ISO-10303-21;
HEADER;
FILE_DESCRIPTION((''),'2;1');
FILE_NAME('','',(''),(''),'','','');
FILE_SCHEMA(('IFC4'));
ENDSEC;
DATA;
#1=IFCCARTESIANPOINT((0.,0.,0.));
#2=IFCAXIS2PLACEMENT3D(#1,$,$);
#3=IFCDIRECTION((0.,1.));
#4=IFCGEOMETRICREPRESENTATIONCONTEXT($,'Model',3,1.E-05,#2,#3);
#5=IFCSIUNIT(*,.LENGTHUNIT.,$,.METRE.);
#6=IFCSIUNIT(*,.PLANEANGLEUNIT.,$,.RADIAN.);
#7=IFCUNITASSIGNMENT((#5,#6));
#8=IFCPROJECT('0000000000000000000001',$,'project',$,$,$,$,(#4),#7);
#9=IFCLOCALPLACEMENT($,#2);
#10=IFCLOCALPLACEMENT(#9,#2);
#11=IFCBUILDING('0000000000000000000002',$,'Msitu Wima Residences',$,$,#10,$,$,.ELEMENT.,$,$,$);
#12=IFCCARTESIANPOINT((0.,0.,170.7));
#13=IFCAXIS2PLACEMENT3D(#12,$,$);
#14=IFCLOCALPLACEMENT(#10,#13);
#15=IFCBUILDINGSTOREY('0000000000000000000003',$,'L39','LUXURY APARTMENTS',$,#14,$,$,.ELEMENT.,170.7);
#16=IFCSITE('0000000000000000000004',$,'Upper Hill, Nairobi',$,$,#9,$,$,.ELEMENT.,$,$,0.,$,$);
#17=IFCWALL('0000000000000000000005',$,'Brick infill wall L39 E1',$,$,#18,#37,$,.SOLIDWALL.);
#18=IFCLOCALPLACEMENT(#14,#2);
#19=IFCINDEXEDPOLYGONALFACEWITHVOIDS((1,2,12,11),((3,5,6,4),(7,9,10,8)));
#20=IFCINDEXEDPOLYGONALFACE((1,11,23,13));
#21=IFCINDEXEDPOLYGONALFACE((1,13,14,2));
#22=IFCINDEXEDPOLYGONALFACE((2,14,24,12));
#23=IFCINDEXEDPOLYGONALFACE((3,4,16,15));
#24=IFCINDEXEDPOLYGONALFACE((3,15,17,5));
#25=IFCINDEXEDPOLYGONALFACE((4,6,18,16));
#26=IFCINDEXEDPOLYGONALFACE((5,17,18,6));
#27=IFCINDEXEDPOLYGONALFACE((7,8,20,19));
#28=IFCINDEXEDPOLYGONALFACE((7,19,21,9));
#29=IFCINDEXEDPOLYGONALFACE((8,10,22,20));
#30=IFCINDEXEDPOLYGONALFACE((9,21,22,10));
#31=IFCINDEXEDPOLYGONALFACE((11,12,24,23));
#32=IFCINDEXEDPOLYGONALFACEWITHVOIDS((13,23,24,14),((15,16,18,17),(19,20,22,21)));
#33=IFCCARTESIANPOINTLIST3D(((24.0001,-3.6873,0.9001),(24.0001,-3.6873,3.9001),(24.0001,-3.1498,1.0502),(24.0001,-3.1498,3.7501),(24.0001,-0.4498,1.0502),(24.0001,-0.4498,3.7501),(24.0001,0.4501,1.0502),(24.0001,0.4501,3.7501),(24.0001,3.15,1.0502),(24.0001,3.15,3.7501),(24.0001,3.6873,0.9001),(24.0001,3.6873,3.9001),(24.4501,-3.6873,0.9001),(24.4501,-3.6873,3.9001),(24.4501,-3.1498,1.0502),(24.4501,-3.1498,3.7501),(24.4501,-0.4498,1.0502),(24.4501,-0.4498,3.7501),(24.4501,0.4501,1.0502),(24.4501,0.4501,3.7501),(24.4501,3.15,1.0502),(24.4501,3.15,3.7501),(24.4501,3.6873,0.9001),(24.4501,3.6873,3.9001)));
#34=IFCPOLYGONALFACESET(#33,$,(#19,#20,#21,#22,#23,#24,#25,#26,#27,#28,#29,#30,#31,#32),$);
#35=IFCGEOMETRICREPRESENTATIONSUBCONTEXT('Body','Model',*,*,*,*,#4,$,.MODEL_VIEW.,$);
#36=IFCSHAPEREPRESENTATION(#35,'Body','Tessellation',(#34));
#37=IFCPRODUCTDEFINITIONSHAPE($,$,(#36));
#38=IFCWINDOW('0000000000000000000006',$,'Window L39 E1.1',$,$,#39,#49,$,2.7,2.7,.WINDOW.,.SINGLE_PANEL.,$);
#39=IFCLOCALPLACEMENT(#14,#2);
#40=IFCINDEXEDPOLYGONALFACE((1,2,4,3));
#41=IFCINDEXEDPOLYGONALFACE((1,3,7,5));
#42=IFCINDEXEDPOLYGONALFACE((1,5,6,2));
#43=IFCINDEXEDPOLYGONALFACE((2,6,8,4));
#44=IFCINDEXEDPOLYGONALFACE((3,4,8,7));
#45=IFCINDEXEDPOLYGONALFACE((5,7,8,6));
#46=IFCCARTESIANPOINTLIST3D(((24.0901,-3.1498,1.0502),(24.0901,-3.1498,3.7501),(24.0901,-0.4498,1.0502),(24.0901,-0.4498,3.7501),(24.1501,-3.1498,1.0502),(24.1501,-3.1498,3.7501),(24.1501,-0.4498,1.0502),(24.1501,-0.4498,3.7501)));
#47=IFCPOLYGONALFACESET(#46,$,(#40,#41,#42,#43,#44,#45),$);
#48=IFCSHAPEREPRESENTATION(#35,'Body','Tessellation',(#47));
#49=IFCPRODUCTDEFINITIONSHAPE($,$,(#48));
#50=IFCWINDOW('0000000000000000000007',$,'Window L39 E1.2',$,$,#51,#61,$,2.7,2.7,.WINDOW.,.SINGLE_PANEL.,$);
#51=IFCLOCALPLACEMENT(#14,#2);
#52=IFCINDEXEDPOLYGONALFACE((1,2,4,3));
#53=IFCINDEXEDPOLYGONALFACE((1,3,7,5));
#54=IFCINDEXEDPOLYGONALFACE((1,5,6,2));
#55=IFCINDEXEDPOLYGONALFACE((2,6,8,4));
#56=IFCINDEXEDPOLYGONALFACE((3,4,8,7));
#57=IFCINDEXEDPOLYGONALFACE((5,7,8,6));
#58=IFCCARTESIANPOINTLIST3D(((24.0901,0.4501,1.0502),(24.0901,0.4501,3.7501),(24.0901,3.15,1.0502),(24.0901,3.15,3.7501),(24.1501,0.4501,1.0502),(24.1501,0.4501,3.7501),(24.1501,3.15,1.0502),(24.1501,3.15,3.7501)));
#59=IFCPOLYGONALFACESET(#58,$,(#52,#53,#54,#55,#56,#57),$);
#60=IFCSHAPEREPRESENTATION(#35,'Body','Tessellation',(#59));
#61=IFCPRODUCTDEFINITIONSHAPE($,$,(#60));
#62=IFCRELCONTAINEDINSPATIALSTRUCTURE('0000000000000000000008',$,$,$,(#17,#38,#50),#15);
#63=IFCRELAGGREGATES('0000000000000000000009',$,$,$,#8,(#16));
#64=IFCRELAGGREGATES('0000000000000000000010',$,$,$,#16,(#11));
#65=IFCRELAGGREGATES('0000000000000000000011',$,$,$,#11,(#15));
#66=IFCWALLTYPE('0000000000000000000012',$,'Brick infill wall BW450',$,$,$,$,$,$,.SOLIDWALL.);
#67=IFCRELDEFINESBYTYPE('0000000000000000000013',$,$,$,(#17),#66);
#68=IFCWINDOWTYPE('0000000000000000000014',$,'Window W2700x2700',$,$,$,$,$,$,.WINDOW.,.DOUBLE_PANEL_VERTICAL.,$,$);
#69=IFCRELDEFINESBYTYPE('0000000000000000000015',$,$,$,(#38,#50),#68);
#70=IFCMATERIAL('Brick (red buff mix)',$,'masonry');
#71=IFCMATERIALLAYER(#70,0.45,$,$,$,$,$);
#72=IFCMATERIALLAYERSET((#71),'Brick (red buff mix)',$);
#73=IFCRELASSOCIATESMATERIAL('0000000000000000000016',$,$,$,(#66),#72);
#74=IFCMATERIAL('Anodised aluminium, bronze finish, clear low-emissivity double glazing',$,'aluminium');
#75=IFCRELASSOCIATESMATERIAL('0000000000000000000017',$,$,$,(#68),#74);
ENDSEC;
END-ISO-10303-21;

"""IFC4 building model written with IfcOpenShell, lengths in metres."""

from ifc_helpers import new_model, si_unit, direction, frame, frame_2d, origin, place, context, subcontext, project, spatial, rectangle, extrude, material, layer, layer_set, type_object, element, fill, save


model = new_model("IFC4")

# Units and contexts
model_context = context("Model", 3, precision=1e-05, world=origin(), true_north=direction((0.0, 1.0)))
body_context = subcontext(model_context, "Body", "Model", "MODEL_VIEW")
ifc_project = project(units=[si_unit("LENGTHUNIT", "METRE"), si_unit("PLANEANGLEUNIT", "RADIAN")], contexts=[model_context])

# Site, building, storey
site_placement = place(None, origin())
site = spatial("IfcSite", under=ifc_project, at=site_placement, Name="Upper Hill, Nairobi", CompositionType="ELEMENT", RefElevation=0.0)
building_placement = place(site_placement, origin())
building = spatial("IfcBuilding", under=site, at=building_placement, Name="Msitu Wima Residences", CompositionType="ELEMENT")
storey_placement = place(building_placement, frame((0.0, 0.0, 170.7)))
storey = spatial("IfcBuildingStorey", under=building, at=storey_placement, Name="L39", Description="LUXURY APARTMENTS", CompositionType="ELEMENT", Elevation=170.7)

# Shared definitions
ifc_material_1 = material(Name="Brick (red buff mix)", Category="masonry")
ifc_layer_1 = layer(ifc_material_1, 0.45)
ifc_layer_set_1 = layer_set([ifc_layer_1], Name="Brick (red buff mix)")
wall_type_1 = type_object("IfcWallType", Name="Brick infill wall BW450", PredefinedType="SOLIDWALL", material=ifc_layer_set_1)
ifc_material_2 = material(Name="Anodised aluminium, bronze finish, clear low-emissivity double glazing", Category="aluminium")
window_type = type_object("IfcWindowType", Name="Window W2700x2700", PartitioningType="DOUBLE_PANEL_VERTICAL", PredefinedType="WINDOW", material=ifc_material_2)

# Wall, openings, windows
wall_1_placement = place(storey_placement, frame((24.2251, -3.6873, 0.9001), z_axis=(0.0, 0.0, 1.0), x_axis=(0.0, 1.0, 0.0)))
wall_1 = element("IfcWall", 1, at=wall_1_placement, inside=storey, type_object=wall_type_1, Name="Brick infill wall L39 E1", PredefinedType="SOLIDWALL", context=body_context, shape_type="SweptSolid", body=[
    extrude(rectangle(XDim=7.3745, YDim=0.45, at=frame_2d((3.6873, 0.0))), origin(), (0.0, 0.0, 1.0), 3.0),
])
opening_1_placement = place(wall_1_placement, frame((0.5374, 0.0, 0.1499)))
opening_1 = element("IfcOpeningElement", 2, at=opening_1_placement, cuts=wall_1, PredefinedType="OPENING", context=body_context, shape_type="SweptSolid", body=[
    extrude(rectangle(XDim=2.7, YDim=2.7, at=frame_2d((1.3501, 1.3501))), frame((0.0, 0.2349, 0.0), z_axis=(0.0, -1.0, 0.0), x_axis=(1.0, 0.0, 0.0)), (0.0, 0.0, 1.0), 0.47),
])
opening_2_placement = place(wall_1_placement, frame((4.1372, 0.0, 0.1499)))
opening_2 = element("IfcOpeningElement", 3, at=opening_2_placement, cuts=wall_1, PredefinedType="OPENING", context=body_context, shape_type="SweptSolid", body=[
    extrude(rectangle(XDim=2.7, YDim=2.7, at=frame_2d((1.3501, 1.3501))), frame((0.0, 0.2349, 0.0), z_axis=(0.0, -1.0, 0.0), x_axis=(1.0, 0.0, 0.0)), (0.0, 0.0, 1.0), 0.47),
])
window_1_placement = place(opening_1_placement, origin())
window_1 = element("IfcWindow", 4, at=window_1_placement, inside=storey, type_object=window_type, Name="Window L39 E1.1", OverallHeight=2.7, OverallWidth=2.7, PartitioningType="SINGLE_PANEL", PredefinedType="WINDOW", context=body_context, shape_type="SweptSolid", body=[
    extrude(rectangle(XDim=2.7, YDim=2.7, at=frame_2d((1.3501, 1.3501))), frame((0.0, 0.135, 0.0), z_axis=(0.0, -1.0, 0.0), x_axis=(1.0, 0.0, 0.0)), (0.0, 0.0, 1.0), 0.0601),
])
fill(opening_1, window_1)
window_2_placement = place(opening_2_placement, origin())
window_2 = element("IfcWindow", 5, at=window_2_placement, inside=storey, type_object=window_type, Name="Window L39 E1.2", OverallHeight=2.7, OverallWidth=2.7, PartitioningType="SINGLE_PANEL", PredefinedType="WINDOW", context=body_context, shape_type="SweptSolid", body=[
    extrude(rectangle(XDim=2.7, YDim=2.7, at=frame_2d((1.3501, 1.3501))), frame((0.0, 0.135, 0.0), z_axis=(0.0, -1.0, 0.0), x_axis=(1.0, 0.0, 0.0)), (0.0, 0.0, 1.0), 0.0601),
])
fill(opening_2, window_2)

save(model, "model.ifc")
